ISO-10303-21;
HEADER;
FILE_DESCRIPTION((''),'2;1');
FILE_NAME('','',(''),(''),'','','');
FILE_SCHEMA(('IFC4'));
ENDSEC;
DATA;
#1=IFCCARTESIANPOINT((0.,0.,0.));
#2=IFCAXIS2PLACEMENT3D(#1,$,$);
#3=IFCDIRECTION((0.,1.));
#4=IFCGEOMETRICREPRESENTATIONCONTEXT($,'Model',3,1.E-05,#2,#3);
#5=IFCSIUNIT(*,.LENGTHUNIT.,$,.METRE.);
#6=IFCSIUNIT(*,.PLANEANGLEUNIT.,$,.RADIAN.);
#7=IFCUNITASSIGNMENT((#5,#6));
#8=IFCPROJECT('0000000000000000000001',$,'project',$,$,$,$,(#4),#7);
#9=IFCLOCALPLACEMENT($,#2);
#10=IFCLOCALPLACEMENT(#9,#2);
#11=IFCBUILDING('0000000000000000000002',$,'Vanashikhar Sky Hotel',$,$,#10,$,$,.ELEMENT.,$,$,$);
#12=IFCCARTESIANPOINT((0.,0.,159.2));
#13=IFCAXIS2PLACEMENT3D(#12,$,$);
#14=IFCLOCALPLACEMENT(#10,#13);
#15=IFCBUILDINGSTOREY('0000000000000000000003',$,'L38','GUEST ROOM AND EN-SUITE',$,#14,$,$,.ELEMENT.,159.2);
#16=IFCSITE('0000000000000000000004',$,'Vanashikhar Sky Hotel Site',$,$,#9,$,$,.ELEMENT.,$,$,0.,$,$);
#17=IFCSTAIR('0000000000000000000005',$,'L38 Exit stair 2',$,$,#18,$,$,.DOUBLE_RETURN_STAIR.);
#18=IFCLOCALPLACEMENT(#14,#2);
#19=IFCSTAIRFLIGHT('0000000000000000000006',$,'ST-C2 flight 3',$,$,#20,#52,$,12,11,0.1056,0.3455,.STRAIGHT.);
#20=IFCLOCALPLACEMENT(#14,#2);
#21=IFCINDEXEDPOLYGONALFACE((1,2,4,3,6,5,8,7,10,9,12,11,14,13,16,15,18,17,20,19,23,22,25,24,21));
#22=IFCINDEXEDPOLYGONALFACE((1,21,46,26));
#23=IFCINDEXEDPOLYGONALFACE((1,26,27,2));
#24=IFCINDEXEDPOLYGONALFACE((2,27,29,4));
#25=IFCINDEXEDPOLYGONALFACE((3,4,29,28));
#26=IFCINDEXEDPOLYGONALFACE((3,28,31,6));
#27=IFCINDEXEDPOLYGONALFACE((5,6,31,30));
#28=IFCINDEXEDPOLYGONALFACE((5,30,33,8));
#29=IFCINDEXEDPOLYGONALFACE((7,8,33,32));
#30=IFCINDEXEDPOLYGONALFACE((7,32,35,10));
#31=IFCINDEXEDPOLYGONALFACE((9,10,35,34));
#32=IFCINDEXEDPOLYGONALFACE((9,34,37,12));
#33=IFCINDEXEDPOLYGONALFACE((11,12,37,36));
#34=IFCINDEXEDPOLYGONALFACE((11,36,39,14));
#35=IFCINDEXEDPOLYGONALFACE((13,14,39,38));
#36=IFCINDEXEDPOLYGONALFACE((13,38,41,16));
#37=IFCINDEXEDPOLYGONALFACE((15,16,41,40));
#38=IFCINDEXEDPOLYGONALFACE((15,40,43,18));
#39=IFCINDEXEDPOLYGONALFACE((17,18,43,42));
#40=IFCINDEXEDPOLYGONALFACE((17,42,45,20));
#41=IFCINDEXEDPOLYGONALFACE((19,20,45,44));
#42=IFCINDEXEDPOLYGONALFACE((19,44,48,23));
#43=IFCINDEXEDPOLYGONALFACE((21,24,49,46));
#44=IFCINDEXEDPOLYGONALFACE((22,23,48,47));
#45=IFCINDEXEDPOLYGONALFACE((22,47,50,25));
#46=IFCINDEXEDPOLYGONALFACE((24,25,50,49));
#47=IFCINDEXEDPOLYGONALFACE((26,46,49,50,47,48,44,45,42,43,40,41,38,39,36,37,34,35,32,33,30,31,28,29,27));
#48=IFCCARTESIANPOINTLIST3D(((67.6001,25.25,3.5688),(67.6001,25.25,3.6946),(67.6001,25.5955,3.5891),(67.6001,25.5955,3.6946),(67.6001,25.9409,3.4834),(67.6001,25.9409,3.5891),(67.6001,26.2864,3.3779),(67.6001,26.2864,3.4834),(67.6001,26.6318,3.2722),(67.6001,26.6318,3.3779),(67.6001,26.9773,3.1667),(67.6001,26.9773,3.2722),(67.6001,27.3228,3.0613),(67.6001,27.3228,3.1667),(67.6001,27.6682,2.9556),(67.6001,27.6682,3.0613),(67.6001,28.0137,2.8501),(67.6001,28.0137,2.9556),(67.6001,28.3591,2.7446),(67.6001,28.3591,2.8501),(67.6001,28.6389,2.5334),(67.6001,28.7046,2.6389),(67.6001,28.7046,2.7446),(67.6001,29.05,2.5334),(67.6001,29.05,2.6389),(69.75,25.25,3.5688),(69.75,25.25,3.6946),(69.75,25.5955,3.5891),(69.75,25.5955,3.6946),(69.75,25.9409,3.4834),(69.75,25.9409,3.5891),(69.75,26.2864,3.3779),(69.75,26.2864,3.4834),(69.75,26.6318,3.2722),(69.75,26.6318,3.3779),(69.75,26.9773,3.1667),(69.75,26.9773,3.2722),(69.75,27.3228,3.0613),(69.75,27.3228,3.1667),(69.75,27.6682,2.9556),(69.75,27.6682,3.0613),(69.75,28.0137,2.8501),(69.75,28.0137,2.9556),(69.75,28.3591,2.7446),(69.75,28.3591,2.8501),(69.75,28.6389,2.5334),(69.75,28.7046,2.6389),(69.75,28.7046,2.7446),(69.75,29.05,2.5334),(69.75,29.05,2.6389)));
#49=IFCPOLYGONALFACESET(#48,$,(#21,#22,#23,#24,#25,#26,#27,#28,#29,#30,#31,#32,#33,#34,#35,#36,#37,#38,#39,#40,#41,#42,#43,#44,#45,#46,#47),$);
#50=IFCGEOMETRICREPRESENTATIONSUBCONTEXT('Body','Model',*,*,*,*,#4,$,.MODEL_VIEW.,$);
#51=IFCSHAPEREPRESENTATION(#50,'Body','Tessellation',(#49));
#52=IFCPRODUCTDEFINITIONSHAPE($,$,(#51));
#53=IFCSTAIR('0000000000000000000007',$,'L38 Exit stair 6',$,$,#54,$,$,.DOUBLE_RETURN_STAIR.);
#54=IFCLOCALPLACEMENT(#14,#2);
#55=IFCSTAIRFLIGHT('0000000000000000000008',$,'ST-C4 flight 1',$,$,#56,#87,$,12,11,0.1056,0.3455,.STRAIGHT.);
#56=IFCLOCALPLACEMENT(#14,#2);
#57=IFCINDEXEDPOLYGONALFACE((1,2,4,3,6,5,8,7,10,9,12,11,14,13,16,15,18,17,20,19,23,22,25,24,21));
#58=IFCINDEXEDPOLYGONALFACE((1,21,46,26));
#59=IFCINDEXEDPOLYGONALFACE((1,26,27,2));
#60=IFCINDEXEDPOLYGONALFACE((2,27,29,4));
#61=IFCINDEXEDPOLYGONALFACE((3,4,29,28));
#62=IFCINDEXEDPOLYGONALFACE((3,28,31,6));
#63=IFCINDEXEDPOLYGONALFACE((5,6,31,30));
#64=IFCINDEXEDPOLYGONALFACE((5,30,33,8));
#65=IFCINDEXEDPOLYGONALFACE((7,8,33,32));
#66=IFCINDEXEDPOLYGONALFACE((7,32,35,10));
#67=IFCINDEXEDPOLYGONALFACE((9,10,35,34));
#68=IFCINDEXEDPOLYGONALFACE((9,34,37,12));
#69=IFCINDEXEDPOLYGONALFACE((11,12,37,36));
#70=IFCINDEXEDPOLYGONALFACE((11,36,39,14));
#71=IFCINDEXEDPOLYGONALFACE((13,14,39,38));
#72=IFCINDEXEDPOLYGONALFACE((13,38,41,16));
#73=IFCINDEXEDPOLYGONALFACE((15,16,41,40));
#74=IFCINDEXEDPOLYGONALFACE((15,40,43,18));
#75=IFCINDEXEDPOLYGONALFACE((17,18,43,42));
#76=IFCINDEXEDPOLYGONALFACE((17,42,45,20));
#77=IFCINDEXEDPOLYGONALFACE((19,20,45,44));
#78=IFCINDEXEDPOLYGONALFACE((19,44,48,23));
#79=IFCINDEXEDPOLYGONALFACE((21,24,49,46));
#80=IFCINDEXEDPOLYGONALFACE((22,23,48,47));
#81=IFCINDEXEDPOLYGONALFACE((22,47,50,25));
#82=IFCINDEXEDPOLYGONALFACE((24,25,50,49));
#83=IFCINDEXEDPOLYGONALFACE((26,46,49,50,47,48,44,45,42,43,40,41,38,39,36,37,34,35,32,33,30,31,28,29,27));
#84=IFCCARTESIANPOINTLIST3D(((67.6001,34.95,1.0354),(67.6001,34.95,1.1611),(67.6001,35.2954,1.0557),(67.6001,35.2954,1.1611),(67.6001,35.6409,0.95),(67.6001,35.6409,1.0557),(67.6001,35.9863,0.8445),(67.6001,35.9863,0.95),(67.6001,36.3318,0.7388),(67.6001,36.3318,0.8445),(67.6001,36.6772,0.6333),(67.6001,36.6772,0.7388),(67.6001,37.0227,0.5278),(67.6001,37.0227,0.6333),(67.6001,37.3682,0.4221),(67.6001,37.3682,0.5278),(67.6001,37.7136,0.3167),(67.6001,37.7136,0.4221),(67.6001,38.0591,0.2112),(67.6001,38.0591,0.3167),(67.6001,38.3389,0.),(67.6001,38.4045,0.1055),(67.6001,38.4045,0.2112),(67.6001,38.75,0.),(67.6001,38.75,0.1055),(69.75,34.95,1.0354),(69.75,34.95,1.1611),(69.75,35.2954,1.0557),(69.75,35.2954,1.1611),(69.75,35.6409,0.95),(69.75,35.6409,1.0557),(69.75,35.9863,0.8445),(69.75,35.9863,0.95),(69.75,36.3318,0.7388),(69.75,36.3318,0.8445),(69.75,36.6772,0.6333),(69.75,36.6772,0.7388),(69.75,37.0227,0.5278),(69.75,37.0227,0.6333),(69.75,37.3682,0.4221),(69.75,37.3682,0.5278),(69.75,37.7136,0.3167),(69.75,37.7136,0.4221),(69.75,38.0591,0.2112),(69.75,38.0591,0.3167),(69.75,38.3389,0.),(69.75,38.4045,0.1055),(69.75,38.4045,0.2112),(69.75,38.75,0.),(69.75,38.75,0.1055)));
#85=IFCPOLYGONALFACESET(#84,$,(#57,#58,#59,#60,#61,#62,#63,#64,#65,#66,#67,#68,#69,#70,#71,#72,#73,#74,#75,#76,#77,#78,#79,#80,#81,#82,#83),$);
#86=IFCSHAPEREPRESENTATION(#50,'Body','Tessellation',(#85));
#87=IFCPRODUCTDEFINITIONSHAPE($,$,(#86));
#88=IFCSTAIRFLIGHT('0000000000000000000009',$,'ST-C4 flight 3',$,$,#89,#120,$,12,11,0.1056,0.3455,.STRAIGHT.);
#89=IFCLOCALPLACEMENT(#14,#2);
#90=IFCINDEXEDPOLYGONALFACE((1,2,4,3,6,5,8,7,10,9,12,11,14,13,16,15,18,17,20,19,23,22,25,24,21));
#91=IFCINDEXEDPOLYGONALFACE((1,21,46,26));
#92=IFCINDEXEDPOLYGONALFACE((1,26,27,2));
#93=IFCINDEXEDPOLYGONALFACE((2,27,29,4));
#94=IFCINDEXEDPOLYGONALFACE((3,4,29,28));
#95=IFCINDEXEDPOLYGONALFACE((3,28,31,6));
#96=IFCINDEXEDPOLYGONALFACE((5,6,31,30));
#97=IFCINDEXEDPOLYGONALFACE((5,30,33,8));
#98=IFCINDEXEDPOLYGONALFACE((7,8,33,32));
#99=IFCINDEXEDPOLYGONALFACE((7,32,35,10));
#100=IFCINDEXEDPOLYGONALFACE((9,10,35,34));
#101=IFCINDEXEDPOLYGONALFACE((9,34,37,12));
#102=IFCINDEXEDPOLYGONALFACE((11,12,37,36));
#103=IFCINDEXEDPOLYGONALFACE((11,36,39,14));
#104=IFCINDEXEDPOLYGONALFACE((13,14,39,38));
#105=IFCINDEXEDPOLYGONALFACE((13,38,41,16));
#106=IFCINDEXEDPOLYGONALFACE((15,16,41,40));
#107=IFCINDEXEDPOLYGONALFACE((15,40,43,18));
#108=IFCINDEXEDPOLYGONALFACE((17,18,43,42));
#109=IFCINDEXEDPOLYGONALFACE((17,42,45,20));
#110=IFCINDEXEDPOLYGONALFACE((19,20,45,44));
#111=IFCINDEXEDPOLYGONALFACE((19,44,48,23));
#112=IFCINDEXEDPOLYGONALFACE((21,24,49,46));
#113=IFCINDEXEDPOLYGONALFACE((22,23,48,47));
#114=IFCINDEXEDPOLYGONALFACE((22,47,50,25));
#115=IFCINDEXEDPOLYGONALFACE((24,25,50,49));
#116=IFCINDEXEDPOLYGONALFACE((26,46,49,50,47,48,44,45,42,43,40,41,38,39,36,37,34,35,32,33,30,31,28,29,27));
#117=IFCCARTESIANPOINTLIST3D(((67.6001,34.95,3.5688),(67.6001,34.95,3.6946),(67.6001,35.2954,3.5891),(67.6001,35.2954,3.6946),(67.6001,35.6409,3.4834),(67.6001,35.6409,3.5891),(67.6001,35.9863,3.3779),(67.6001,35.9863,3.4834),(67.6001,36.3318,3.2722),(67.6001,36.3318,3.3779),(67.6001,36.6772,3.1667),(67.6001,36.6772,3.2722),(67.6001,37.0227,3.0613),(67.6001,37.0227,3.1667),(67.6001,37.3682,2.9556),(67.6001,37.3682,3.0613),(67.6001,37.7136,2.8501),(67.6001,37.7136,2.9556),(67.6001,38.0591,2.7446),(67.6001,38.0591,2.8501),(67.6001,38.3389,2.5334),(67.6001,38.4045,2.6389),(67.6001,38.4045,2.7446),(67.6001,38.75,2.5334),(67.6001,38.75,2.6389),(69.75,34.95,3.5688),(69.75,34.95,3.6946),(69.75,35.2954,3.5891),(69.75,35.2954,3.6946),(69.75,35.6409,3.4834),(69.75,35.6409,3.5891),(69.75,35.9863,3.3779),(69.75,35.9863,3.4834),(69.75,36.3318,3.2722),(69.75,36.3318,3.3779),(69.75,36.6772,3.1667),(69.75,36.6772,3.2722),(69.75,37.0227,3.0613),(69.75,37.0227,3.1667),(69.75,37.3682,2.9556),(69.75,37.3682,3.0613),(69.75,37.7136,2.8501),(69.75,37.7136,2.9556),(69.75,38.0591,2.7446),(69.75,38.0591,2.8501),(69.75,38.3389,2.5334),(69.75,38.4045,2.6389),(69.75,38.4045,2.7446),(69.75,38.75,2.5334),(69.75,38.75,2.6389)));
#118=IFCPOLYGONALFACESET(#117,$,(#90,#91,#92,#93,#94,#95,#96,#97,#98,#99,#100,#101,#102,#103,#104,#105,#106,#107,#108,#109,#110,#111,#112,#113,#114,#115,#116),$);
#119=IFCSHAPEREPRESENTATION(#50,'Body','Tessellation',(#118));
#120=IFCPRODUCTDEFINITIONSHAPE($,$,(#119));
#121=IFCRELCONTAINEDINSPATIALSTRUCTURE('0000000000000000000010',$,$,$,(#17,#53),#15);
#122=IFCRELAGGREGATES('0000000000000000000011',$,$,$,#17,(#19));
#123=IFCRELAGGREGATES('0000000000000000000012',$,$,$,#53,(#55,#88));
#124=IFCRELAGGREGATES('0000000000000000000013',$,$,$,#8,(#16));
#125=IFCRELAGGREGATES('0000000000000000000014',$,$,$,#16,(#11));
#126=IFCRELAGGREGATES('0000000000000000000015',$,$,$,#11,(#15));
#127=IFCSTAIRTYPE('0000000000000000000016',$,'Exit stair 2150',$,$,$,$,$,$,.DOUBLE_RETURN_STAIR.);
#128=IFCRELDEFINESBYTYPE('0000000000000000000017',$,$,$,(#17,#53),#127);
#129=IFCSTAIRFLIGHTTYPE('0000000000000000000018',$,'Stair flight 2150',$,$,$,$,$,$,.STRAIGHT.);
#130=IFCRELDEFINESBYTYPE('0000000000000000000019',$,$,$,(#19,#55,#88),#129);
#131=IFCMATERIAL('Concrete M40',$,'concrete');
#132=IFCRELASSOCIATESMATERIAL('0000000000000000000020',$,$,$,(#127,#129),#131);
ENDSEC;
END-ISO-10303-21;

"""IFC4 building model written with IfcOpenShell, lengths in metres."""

from ifc_helpers import new_model, si_unit, direction, frame, origin, place, context, subcontext, project, spatial, polyline, outline, extrude, source, transform, mapped, material, type_object, element, aggregate, save


model = new_model("IFC4")

# Units and contexts
model_context = context("Model", 3, precision=1e-05, world=origin(), true_north=direction((0.0, 1.0)))
body_context = subcontext(model_context, "Body", "Model", "MODEL_VIEW")
ifc_project = project(units=[si_unit("LENGTHUNIT", "METRE"), si_unit("PLANEANGLEUNIT", "RADIAN")], contexts=[model_context])

# Site, building, storey
site_placement = place(None, origin())
site = spatial("IfcSite", under=ifc_project, at=site_placement, Name="Vanashikhar Sky Hotel Site", CompositionType="ELEMENT", RefElevation=0.0)
building_placement = place(site_placement, origin())
building = spatial("IfcBuilding", under=site, at=building_placement, Name="Vanashikhar Sky Hotel", CompositionType="ELEMENT")
storey_placement = place(building_placement, frame((0.0, 0.0, 159.2)))
storey = spatial("IfcBuildingStorey", under=building, at=storey_placement, Name="L38", Description="GUEST ROOM AND EN-SUITE", CompositionType="ELEMENT", Elevation=159.2)

# Stairs, stair flights
ifc_material_1 = material(Name="Concrete M40", Category="concrete")
stair_type = type_object("IfcStairType", Name="Exit stair 2150", PredefinedType="DOUBLE_RETURN_STAIR", material=ifc_material_1)
stair_1_placement = place(storey_placement, origin())
stair_1 = element("IfcStair", 1, at=stair_1_placement, inside=storey, type_object=stair_type, Name="L38 Exit stair 2", PredefinedType="DOUBLE_RETURN_STAIR")
stair_flight_type = type_object("IfcStairFlightType", Name="Stair flight 2150", PredefinedType="STRAIGHT", material=ifc_material_1)
shared_shape_1 = source(origin(), body_context, "Body", "SweptSolid", [
    extrude(outline(polyline([(0.0, 0.0), (0.0, 0.1055), (0.3455, 0.1055), (0.3455, 0.2112), (0.6909, 0.2112), (0.6909, 0.3167), (1.0364, 0.3167), (1.0364, 0.4221), (1.3818, 0.4221), (1.3818, 0.5278), (1.7273, 0.5278), (1.7273, 0.6333), (2.0728, 0.6333), (2.0728, 0.7388), (2.4182, 0.7388), (2.4182, 0.8445), (2.7637, 0.8445), (2.7637, 0.95), (3.1091, 0.95), (3.1091, 1.0557), (3.4546, 1.0557), (3.4546, 1.1611), (3.8, 1.1611), (3.8, 1.2666), (3.8, 1.0354), (0.4111, 0.0), (0.0, 0.0)])), frame((0.0, 1.075, 0.0), z_axis=(0.0, -1.0, 0.0), x_axis=(1.0, 0.0, 0.0)), (0.0, 0.0, 1.0), 2.1499),
])
stair_flight_1_placement = place(storey_placement, frame((68.675, 29.05, 2.5334), z_axis=(0.0, 0.0, 1.0), x_axis=(0.0, -1.0, 0.0)))
stair_flight_1 = element("IfcStairFlight", 2, at=stair_flight_1_placement, type_object=stair_flight_type, Name="ST-C2 flight 3", NumberOfRisers=12, NumberOfTreads=11, PredefinedType="STRAIGHT", RiserHeight=0.1056, TreadLength=0.3455, context=body_context, shape_type="MappedRepresentation", body=[
    mapped(shared_shape_1, transform((0.0, 0.0, 0.0), scale=1.0)),
])
aggregate(stair_1, [stair_flight_1])
stair_2_placement = place(storey_placement, origin())
stair_2 = element("IfcStair", 3, at=stair_2_placement, inside=storey, type_object=stair_type, Name="L38 Exit stair 6", PredefinedType="DOUBLE_RETURN_STAIR")
stair_flight_2_placement = place(storey_placement, frame((68.675, 38.75, 0.0), z_axis=(0.0, 0.0, 1.0), x_axis=(0.0, -1.0, 0.0)))
stair_flight_2 = element("IfcStairFlight", 4, at=stair_flight_2_placement, type_object=stair_flight_type, Name="ST-C4 flight 1", NumberOfRisers=12, NumberOfTreads=11, PredefinedType="STRAIGHT", RiserHeight=0.1056, TreadLength=0.3455, context=body_context, shape_type="MappedRepresentation", body=[
    mapped(shared_shape_1, transform((0.0, 0.0, 0.0), scale=1.0)),
])
stair_flight_3_placement = place(storey_placement, frame((68.675, 38.75, 2.5334), z_axis=(0.0, 0.0, 1.0), x_axis=(0.0, -1.0, 0.0)))
stair_flight_3 = element("IfcStairFlight", 5, at=stair_flight_3_placement, type_object=stair_flight_type, Name="ST-C4 flight 3", NumberOfRisers=12, NumberOfTreads=11, PredefinedType="STRAIGHT", RiserHeight=0.1056, TreadLength=0.3455, context=body_context, shape_type="MappedRepresentation", body=[
    mapped(shared_shape_1, transform((0.0, 0.0, 0.0), scale=1.0)),
])
aggregate(stair_2, [stair_flight_2, stair_flight_3])

save(model, "model.ifc")
